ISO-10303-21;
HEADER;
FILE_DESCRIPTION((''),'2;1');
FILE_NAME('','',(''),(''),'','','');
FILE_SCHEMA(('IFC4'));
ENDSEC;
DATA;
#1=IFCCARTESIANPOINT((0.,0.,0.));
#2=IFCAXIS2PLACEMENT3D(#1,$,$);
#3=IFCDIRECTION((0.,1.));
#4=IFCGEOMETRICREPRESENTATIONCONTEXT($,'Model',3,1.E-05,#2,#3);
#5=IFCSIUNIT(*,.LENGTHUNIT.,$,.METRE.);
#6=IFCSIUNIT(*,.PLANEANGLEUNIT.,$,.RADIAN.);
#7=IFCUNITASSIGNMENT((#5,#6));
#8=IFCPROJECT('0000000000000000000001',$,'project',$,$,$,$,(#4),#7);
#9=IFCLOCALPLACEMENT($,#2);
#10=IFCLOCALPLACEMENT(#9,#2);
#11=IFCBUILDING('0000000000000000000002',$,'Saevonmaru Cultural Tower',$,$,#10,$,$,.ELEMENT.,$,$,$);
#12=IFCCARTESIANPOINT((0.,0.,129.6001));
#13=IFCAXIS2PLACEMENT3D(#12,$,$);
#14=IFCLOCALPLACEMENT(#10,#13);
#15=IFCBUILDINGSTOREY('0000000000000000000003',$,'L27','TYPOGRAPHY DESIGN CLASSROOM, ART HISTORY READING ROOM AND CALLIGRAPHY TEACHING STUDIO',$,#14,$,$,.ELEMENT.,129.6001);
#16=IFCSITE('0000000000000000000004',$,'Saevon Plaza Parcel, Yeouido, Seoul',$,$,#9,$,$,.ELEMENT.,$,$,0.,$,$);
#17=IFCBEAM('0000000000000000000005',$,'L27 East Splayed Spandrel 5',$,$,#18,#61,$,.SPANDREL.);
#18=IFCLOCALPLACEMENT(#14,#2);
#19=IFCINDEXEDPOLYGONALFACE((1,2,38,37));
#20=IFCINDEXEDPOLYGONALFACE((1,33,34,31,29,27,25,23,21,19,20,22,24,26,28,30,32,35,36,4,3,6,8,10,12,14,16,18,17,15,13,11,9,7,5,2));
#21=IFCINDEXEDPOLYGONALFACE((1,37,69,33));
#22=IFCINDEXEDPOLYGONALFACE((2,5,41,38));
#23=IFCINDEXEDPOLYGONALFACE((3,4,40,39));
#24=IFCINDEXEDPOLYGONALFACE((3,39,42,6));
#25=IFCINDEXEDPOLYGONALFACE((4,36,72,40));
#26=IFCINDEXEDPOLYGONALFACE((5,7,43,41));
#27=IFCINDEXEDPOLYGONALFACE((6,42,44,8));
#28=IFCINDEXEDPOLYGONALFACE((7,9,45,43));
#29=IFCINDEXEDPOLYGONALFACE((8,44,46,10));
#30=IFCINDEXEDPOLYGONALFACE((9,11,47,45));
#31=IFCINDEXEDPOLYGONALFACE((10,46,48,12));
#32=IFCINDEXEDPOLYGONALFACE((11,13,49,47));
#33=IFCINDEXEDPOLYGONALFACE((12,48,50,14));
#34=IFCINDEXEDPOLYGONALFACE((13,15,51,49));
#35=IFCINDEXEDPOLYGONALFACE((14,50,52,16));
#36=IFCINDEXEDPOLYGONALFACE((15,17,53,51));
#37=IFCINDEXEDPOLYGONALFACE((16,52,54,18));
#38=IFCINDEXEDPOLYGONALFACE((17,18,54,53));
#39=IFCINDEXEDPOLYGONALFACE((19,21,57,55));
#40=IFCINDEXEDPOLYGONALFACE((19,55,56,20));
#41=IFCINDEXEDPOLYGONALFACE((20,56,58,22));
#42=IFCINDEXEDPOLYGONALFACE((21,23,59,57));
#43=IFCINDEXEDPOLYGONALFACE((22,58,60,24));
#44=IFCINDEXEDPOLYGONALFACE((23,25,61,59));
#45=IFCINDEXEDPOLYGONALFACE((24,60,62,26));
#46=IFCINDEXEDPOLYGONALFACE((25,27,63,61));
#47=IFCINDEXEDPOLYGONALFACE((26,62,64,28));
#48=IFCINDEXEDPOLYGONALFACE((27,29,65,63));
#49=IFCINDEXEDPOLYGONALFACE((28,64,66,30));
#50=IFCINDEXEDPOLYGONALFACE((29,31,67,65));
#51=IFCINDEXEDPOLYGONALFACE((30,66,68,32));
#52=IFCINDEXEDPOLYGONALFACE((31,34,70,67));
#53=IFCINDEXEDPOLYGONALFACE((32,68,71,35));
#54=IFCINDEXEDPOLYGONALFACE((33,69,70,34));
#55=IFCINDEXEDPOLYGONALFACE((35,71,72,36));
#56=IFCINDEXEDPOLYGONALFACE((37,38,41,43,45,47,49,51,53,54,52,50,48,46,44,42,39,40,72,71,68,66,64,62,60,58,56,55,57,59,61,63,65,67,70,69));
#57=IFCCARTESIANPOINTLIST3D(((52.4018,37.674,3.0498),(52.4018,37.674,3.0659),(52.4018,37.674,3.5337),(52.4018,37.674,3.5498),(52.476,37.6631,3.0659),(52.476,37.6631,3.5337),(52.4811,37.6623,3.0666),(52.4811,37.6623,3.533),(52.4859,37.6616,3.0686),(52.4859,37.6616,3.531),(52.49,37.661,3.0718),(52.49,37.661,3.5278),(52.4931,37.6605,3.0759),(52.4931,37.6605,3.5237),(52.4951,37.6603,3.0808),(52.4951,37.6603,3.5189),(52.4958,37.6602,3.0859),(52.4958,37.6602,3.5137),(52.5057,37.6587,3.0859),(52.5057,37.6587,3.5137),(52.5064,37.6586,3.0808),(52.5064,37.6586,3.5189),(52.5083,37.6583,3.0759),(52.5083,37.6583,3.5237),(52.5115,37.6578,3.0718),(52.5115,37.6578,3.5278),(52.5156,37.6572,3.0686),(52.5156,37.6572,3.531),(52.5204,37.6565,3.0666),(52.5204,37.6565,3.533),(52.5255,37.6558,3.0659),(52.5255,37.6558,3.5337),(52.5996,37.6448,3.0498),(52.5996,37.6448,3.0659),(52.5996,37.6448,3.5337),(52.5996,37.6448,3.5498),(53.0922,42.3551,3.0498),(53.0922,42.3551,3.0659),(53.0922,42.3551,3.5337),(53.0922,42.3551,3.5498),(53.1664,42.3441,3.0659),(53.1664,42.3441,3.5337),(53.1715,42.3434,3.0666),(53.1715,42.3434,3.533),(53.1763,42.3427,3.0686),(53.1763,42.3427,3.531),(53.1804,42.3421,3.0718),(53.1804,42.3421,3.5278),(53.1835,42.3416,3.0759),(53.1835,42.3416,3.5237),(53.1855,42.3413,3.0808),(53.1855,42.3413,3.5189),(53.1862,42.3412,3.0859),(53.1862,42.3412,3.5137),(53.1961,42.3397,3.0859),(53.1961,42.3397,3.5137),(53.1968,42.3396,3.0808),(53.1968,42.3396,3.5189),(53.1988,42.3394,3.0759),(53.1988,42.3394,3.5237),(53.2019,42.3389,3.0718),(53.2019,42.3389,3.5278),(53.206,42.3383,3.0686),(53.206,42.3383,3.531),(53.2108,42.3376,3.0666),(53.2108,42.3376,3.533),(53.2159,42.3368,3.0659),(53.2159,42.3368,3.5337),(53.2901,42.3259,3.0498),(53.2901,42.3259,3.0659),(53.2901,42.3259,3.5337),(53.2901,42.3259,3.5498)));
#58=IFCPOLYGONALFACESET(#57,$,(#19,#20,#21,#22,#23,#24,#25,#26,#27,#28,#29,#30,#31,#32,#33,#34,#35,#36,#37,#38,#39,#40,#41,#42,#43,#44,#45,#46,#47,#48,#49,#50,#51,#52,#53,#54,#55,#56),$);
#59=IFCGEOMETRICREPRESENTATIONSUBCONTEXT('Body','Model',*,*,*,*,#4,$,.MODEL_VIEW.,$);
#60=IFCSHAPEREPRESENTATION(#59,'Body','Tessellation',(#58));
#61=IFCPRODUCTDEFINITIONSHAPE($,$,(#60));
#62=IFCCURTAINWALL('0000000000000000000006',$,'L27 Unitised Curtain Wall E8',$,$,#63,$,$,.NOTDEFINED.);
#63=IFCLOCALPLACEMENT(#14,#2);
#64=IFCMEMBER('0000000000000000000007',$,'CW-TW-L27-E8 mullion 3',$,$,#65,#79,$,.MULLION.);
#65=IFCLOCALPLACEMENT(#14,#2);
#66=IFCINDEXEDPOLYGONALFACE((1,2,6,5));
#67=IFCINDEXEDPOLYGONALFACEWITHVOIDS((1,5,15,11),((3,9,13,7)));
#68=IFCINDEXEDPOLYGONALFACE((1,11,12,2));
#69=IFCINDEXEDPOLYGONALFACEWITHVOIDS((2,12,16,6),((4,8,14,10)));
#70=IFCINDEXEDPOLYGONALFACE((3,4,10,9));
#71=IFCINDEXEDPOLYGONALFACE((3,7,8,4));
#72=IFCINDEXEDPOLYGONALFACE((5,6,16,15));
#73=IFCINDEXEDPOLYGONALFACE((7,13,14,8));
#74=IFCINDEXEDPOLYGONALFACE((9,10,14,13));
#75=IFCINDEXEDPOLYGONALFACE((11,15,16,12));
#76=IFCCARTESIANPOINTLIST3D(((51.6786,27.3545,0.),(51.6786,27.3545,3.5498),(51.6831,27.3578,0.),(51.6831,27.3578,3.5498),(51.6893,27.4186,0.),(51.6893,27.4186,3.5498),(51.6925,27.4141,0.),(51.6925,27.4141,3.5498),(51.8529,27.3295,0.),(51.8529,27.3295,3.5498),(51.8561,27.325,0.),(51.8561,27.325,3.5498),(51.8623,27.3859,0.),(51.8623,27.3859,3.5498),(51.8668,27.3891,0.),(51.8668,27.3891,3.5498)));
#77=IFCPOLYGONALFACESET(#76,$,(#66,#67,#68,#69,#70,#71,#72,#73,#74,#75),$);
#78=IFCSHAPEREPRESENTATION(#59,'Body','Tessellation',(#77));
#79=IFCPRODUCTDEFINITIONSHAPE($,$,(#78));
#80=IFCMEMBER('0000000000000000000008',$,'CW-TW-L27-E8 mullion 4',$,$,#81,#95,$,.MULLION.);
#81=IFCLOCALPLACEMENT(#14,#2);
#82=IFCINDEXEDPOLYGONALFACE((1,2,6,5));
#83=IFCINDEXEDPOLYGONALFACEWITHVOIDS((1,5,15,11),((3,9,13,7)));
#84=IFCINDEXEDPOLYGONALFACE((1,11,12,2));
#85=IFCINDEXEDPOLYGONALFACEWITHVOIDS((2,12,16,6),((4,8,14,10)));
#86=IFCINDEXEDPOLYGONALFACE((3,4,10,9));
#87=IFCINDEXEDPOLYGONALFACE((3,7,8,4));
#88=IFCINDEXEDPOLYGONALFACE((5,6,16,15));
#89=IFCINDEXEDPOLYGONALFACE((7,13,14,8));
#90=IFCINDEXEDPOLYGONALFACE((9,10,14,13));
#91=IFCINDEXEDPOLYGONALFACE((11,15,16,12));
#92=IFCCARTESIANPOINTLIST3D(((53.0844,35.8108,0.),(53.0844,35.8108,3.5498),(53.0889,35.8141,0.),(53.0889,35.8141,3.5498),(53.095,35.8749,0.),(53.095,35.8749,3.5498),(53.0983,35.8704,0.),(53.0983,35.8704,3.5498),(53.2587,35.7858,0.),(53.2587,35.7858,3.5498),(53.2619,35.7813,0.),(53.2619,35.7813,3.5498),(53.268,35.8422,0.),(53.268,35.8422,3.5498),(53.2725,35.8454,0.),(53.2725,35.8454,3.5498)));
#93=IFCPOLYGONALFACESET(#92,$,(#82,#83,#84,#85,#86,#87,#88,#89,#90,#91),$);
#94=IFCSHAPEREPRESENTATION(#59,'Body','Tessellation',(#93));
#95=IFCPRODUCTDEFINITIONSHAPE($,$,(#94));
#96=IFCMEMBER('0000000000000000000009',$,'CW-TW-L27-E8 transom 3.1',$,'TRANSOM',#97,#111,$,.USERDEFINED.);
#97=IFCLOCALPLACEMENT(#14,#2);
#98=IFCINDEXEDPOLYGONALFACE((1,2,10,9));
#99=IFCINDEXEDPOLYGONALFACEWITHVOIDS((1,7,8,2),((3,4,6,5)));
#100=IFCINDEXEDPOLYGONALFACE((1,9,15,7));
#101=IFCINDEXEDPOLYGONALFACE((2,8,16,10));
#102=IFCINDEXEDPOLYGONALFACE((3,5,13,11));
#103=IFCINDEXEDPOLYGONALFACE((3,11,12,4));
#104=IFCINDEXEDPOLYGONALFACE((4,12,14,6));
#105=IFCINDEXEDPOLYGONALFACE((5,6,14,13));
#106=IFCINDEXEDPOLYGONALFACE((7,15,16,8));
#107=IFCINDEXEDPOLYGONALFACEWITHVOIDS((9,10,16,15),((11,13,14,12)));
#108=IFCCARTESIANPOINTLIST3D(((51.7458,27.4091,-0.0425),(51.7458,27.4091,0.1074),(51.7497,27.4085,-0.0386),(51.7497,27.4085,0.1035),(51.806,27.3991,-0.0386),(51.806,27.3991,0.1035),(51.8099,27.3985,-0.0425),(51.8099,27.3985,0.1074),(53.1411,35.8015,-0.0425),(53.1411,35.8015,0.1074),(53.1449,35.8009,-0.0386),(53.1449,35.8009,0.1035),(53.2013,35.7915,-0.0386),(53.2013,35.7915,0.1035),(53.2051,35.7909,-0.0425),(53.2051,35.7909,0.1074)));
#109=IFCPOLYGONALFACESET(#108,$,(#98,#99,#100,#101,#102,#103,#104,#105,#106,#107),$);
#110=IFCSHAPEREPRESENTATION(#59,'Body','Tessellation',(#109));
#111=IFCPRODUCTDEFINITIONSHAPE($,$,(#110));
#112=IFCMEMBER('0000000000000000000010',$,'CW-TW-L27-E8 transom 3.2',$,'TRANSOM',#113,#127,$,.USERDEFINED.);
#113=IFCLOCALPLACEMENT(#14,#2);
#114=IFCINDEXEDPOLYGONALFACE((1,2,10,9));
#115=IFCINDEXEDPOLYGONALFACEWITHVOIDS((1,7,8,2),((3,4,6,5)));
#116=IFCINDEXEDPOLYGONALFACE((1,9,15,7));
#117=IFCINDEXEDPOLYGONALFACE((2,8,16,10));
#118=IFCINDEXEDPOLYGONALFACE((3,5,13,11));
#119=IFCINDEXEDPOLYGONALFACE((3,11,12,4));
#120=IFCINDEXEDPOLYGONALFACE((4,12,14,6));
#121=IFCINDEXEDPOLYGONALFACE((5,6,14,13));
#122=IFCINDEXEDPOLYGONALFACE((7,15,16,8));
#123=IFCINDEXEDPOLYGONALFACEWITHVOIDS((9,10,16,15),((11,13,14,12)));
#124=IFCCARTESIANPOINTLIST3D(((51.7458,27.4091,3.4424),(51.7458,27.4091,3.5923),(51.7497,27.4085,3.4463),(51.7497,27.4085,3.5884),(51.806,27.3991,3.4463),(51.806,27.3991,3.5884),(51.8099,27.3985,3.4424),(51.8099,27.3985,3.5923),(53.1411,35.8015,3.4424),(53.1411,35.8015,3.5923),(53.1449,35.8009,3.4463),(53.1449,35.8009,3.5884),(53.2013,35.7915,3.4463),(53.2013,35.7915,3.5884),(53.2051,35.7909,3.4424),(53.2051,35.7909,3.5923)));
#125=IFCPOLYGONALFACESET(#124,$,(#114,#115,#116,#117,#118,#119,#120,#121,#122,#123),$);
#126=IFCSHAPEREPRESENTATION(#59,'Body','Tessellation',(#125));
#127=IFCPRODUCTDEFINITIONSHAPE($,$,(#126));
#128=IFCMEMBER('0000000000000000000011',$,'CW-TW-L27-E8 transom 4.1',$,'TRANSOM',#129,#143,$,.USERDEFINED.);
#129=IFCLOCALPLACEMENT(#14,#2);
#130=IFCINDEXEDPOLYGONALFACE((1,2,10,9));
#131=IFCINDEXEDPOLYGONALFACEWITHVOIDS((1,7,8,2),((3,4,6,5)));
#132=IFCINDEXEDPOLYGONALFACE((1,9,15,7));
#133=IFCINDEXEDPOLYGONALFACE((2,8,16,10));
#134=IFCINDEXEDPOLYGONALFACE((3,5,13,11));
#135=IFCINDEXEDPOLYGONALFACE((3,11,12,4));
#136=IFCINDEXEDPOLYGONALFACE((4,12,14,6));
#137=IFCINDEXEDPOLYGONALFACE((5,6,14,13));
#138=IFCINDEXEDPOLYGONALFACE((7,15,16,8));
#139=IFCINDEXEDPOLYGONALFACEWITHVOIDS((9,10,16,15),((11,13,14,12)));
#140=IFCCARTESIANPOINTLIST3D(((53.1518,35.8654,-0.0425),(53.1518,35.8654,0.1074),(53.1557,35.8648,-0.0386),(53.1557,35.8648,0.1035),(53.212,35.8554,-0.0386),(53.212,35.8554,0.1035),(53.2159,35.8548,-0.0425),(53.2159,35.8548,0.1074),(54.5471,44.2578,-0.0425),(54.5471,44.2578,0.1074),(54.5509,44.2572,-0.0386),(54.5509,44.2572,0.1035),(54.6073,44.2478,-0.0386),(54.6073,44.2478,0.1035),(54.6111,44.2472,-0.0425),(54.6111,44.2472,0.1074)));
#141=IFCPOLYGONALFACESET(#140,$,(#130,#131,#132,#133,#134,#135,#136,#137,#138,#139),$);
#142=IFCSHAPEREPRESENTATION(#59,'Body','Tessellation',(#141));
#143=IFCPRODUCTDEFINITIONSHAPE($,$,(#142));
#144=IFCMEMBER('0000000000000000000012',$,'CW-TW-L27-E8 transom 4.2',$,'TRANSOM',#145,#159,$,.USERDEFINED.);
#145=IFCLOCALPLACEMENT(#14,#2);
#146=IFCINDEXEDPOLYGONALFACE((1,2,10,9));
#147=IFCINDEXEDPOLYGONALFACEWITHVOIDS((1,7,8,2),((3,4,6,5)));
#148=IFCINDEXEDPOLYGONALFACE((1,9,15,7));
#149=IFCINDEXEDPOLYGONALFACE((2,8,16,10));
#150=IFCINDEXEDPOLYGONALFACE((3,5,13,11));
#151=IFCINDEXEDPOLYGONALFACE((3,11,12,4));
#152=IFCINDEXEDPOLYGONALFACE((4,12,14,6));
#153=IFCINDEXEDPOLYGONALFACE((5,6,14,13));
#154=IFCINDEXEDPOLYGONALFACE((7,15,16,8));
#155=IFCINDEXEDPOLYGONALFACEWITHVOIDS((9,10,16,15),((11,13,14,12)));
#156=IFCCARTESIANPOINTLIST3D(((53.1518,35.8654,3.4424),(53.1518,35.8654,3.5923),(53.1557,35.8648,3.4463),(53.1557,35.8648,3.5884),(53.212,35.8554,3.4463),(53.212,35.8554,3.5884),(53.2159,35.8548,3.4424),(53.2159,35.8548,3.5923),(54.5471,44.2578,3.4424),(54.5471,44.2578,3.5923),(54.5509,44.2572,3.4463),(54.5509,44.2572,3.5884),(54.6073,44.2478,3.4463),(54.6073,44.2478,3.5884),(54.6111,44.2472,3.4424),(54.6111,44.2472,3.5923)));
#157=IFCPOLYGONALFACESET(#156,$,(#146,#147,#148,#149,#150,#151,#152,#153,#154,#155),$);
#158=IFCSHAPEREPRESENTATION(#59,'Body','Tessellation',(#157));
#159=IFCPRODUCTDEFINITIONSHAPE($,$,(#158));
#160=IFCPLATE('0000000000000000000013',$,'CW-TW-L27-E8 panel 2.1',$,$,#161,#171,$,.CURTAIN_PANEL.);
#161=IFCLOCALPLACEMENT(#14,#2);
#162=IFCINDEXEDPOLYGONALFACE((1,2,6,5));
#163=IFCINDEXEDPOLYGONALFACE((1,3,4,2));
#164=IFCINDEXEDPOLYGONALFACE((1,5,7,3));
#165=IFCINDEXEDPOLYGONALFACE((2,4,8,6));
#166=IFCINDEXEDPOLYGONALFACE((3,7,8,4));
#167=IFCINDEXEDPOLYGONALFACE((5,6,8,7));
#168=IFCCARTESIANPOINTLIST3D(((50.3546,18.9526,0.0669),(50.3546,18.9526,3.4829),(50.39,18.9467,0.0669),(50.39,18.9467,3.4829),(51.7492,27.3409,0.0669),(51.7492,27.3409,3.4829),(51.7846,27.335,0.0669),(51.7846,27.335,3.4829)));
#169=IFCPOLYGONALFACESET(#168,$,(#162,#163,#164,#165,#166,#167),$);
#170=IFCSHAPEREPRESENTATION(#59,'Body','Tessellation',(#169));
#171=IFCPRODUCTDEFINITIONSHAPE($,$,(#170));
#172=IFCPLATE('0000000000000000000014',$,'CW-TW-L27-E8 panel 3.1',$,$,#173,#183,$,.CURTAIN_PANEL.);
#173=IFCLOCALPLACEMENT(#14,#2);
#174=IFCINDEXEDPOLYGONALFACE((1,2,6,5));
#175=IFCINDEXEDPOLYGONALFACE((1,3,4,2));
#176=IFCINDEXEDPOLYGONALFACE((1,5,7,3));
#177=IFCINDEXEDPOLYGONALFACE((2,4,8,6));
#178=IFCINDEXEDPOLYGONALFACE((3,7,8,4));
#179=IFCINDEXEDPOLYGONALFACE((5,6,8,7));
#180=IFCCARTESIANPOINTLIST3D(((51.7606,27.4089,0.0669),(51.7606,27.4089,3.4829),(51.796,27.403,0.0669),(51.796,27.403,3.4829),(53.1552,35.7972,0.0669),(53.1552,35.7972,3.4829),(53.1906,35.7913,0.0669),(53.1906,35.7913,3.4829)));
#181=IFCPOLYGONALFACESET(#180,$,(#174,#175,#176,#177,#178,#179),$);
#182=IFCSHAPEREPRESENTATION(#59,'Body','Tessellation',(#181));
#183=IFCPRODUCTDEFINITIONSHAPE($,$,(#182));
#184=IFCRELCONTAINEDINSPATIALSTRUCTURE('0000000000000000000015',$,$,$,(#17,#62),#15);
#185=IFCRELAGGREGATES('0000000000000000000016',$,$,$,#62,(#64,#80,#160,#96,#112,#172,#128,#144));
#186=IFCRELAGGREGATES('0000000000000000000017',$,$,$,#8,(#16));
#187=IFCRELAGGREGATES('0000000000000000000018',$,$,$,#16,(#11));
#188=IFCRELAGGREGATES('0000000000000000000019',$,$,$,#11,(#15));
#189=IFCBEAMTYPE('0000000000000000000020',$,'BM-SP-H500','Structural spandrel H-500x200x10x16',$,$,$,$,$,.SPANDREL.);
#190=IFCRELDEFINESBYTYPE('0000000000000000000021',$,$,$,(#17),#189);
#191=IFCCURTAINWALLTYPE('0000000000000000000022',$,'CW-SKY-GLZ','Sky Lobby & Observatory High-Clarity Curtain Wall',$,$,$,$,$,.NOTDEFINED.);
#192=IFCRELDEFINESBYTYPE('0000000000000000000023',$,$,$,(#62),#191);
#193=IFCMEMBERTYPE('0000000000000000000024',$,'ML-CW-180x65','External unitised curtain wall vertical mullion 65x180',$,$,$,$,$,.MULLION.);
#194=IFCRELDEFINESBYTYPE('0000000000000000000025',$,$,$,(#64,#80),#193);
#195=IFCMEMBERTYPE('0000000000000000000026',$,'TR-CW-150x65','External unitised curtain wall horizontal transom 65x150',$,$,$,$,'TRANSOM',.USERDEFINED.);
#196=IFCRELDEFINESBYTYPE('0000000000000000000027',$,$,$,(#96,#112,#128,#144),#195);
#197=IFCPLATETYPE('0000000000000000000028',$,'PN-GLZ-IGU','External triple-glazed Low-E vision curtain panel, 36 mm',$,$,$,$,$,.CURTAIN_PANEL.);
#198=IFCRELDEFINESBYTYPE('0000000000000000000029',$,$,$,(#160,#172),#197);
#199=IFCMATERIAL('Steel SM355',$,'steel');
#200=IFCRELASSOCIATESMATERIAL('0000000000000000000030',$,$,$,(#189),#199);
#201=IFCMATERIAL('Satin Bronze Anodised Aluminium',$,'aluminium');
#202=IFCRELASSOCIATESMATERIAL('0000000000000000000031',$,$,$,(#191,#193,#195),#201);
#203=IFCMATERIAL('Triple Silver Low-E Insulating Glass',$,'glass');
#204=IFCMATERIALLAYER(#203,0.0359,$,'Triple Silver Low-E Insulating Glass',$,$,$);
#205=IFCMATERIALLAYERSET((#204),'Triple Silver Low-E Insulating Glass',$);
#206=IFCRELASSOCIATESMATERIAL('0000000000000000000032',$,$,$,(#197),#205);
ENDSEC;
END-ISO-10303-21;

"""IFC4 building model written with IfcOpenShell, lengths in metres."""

from ifc_helpers import new_model, si_unit, direction, frame, origin, origin_2d, place, context, subcontext, project, spatial, rectangle, hollow_rectangle, i_section, extrude, material, layer, layer_set, material_profile, profile_set, type_object, element, aggregate, save


model = new_model("IFC4")

# Units and contexts
model_context = context("Model", 3, precision=1e-05, world=origin(), true_north=direction((0.0, 1.0)))
body_context = subcontext(model_context, "Body", "Model", "MODEL_VIEW")
ifc_project = project(units=[si_unit("LENGTHUNIT", "METRE"), si_unit("PLANEANGLEUNIT", "RADIAN")], contexts=[model_context])

# Site, building, storey
site_placement = place(None, origin())
site = spatial("IfcSite", under=ifc_project, at=site_placement, Name="Saevon Plaza Parcel, Yeouido, Seoul", CompositionType="ELEMENT", RefElevation=0.0)
building_placement = place(site_placement, origin())
building = spatial("IfcBuilding", under=site, at=building_placement, Name="Saevonmaru Cultural Tower", CompositionType="ELEMENT")
storey_placement = place(building_placement, frame((0.0, 0.0, 129.6001)))
storey = spatial("IfcBuildingStorey", under=building, at=storey_placement, Name="L27", Description="TYPOGRAPHY DESIGN CLASSROOM, ART HISTORY READING ROOM AND CALLIGRAPHY TEACHING STUDIO", CompositionType="ELEMENT", Elevation=129.6001)

# Shared definitions
ifc_material_1 = material(Name="Steel SM355", Category="steel")

# Beam
ifc_material_profile_1 = material_profile(ifc_material_1, i_section(OverallWidth=0.2, OverallDepth=0.5, WebThickness=0.01, FlangeThickness=0.0161, FilletRadius=0.02, at=origin_2d()), Name="H-500x200x10x16")
ifc_profile_set_1 = profile_set([ifc_material_profile_1], Name="Steel SM355")
beam_type_1 = type_object("IfcBeamType", Name="BM-SP-H500", Description="Structural spandrel H-500x200x10x16", PredefinedType="SPANDREL", material=ifc_profile_set_1)
beam_1_placement = place(storey_placement, frame((52.5007, 37.6594, 3.2998), z_axis=(0.145913, 0.989297, 0.0), x_axis=(-0.989297, 0.145913, 0.0)))
element("IfcBeam", 1, at=beam_1_placement, inside=storey, type_object=beam_type_1, Name="L27 East Splayed Spandrel 5", PredefinedType="SPANDREL", context=body_context, shape_type="SweptSolid", body=[
    extrude(i_section(OverallWidth=0.2, OverallDepth=0.5, WebThickness=0.01, FlangeThickness=0.0161, FilletRadius=0.02, at=origin_2d()), origin(), (0.0, 0.0, 1.0), 4.7317),
])

# Curtain wall, members, plates
ifc_material_2 = material(Name="Satin Bronze Anodised Aluminium", Category="aluminium")
curtain_wall_type = type_object("IfcCurtainWallType", Name="CW-SKY-GLZ", Description="Sky Lobby & Observatory High-Clarity Curtain Wall", PredefinedType="NOTDEFINED", material=ifc_material_2)
curtain_wall_placement = place(storey_placement, origin())
curtain_wall = element("IfcCurtainWall", 2, at=curtain_wall_placement, inside=storey, type_object=curtain_wall_type, Name="L27 Unitised Curtain Wall E8", PredefinedType="NOTDEFINED")
ifc_material_profile_2 = material_profile(ifc_material_2, hollow_rectangle(XDim=0.0649, YDim=0.1799, WallThickness=0.0039, at=origin_2d()), Name="ALU-MULL-180x65x4")
ifc_profile_set_2 = profile_set([ifc_material_profile_2], Name="Satin Bronze Anodised Aluminium")
member_type_1 = type_object("IfcMemberType", Name="ML-CW-180x65", Description="External unitised curtain wall vertical mullion 65x180", PredefinedType="MULLION", material=ifc_profile_set_2)
member_1_placement = place(storey_placement, frame((51.7727, 27.3718, 0.0), z_axis=(0.0, 0.0, 1.0), x_axis=(0.163999, 0.986461, 0.0)))
member_1 = element("IfcMember", 3, at=member_1_placement, type_object=member_type_1, Name="CW-TW-L27-E8 mullion 3", PredefinedType="MULLION", context=body_context, shape_type="SweptSolid", body=[
    extrude(hollow_rectangle(XDim=0.0649, YDim=0.1799, WallThickness=0.0039, at=origin_2d()), origin(), (0.0, 0.0, 1.0), 3.5498),
])
member_2_placement = place(storey_placement, frame((53.1785, 35.8281, 0.0), z_axis=(0.0, 0.0, 1.0), x_axis=(0.163999, 0.986461, 0.0)))
member_2 = element("IfcMember", 4, at=member_2_placement, type_object=member_type_1, Name="CW-TW-L27-E8 mullion 4", PredefinedType="MULLION", context=body_context, shape_type="SweptSolid", body=[
    extrude(hollow_rectangle(XDim=0.0649, YDim=0.1799, WallThickness=0.0039, at=origin_2d()), origin(), (0.0, 0.0, 1.0), 3.5498),
])
ifc_material_profile_3 = material_profile(ifc_material_2, hollow_rectangle(XDim=0.0649, YDim=0.1499, WallThickness=0.0039, at=origin_2d()), Name="ALU-TRAN-150x65x4")
ifc_profile_set_3 = profile_set([ifc_material_profile_3], Name="Satin Bronze Anodised Aluminium")
member_type_2 = type_object("IfcMemberType", Name="TR-CW-150x65", Description="External unitised curtain wall horizontal transom 65x150", ElementType="TRANSOM", PredefinedType="USERDEFINED", material=ifc_profile_set_3)
member_3_placement = place(storey_placement, frame((51.7778, 27.4038, 0.0325), z_axis=(0.164003, 0.98646, 0.0), x_axis=(-0.98646, 0.164003, 0.0)))
member_3 = element("IfcMember", 5, at=member_3_placement, type_object=member_type_2, Name="CW-TW-L27-E8 transom 3.1", ObjectType="TRANSOM", PredefinedType="USERDEFINED", context=body_context, shape_type="SweptSolid", body=[
    extrude(hollow_rectangle(XDim=0.0649, YDim=0.1499, WallThickness=0.0039, at=origin_2d()), origin(), (0.0, 0.0, 1.0), 8.5076),
])
member_4_placement = place(storey_placement, frame((51.7778, 27.4038, 3.5173), z_axis=(0.164003, 0.98646, 0.0), x_axis=(-0.98646, 0.164003, 0.0)))
member_4 = element("IfcMember", 6, at=member_4_placement, type_object=member_type_2, Name="CW-TW-L27-E8 transom 3.2", ObjectType="TRANSOM", PredefinedType="USERDEFINED", context=body_context, shape_type="SweptSolid", body=[
    extrude(hollow_rectangle(XDim=0.0649, YDim=0.1499, WallThickness=0.0039, at=origin_2d()), origin(), (0.0, 0.0, 1.0), 8.5076),
])
member_5_placement = place(storey_placement, frame((53.1838, 35.8601, 0.0325), z_axis=(0.164003, 0.98646, 0.0), x_axis=(-0.98646, 0.164003, 0.0)))
member_5 = element("IfcMember", 7, at=member_5_placement, type_object=member_type_2, Name="CW-TW-L27-E8 transom 4.1", ObjectType="TRANSOM", PredefinedType="USERDEFINED", context=body_context, shape_type="SweptSolid", body=[
    extrude(hollow_rectangle(XDim=0.0649, YDim=0.1499, WallThickness=0.0039, at=origin_2d()), origin(), (0.0, 0.0, 1.0), 8.5076),
])
member_6_placement = place(storey_placement, frame((53.1838, 35.8601, 3.5173), z_axis=(0.164003, 0.98646, 0.0), x_axis=(-0.98646, 0.164003, 0.0)))
member_6 = element("IfcMember", 8, at=member_6_placement, type_object=member_type_2, Name="CW-TW-L27-E8 transom 4.2", ObjectType="TRANSOM", PredefinedType="USERDEFINED", context=body_context, shape_type="SweptSolid", body=[
    extrude(hollow_rectangle(XDim=0.0649, YDim=0.1499, WallThickness=0.0039, at=origin_2d()), origin(), (0.0, 0.0, 1.0), 8.5076),
])
ifc_material_3 = material(Name="Triple Silver Low-E Insulating Glass", Category="glass")
ifc_layer_1 = layer(ifc_material_3, 0.0359, Name="Triple Silver Low-E Insulating Glass")
ifc_layer_set_1 = layer_set([ifc_layer_1], Name="Triple Silver Low-E Insulating Glass")
plate_type = type_object("IfcPlateType", Name="PN-GLZ-IGU", Description="External triple-glazed Low-E vision curtain panel, 36 mm", PredefinedType="CURTAIN_PANEL", material=ifc_layer_set_1)
plate_1_placement = place(storey_placement, frame((51.0696, 23.1438, 0.0669), z_axis=(0.0, 0.0, 1.0), x_axis=(0.163999, 0.986461, 0.0)))
plate_1 = element("IfcPlate", 9, at=plate_1_placement, type_object=plate_type, Name="CW-TW-L27-E8 panel 2.1", PredefinedType="CURTAIN_PANEL", context=body_context, shape_type="SweptSolid", body=[
    extrude(rectangle(XDim=8.5034, YDim=0.0359, at=origin_2d()), origin(), (0.0, 0.0, 1.0), 3.416),
])
plate_2_placement = place(storey_placement, frame((52.4756, 31.6001, 0.0669), z_axis=(0.0, 0.0, 1.0), x_axis=(0.163999, 0.986461, 0.0)))
plate_2 = element("IfcPlate", 10, at=plate_2_placement, type_object=plate_type, Name="CW-TW-L27-E8 panel 3.1", PredefinedType="CURTAIN_PANEL", context=body_context, shape_type="SweptSolid", body=[
    extrude(rectangle(XDim=8.5034, YDim=0.0359, at=origin_2d()), origin(), (0.0, 0.0, 1.0), 3.416),
])
aggregate(curtain_wall, [member_1, member_2, plate_1, member_3, member_4, plate_2, member_5, member_6])

save(model, "model.ifc")
